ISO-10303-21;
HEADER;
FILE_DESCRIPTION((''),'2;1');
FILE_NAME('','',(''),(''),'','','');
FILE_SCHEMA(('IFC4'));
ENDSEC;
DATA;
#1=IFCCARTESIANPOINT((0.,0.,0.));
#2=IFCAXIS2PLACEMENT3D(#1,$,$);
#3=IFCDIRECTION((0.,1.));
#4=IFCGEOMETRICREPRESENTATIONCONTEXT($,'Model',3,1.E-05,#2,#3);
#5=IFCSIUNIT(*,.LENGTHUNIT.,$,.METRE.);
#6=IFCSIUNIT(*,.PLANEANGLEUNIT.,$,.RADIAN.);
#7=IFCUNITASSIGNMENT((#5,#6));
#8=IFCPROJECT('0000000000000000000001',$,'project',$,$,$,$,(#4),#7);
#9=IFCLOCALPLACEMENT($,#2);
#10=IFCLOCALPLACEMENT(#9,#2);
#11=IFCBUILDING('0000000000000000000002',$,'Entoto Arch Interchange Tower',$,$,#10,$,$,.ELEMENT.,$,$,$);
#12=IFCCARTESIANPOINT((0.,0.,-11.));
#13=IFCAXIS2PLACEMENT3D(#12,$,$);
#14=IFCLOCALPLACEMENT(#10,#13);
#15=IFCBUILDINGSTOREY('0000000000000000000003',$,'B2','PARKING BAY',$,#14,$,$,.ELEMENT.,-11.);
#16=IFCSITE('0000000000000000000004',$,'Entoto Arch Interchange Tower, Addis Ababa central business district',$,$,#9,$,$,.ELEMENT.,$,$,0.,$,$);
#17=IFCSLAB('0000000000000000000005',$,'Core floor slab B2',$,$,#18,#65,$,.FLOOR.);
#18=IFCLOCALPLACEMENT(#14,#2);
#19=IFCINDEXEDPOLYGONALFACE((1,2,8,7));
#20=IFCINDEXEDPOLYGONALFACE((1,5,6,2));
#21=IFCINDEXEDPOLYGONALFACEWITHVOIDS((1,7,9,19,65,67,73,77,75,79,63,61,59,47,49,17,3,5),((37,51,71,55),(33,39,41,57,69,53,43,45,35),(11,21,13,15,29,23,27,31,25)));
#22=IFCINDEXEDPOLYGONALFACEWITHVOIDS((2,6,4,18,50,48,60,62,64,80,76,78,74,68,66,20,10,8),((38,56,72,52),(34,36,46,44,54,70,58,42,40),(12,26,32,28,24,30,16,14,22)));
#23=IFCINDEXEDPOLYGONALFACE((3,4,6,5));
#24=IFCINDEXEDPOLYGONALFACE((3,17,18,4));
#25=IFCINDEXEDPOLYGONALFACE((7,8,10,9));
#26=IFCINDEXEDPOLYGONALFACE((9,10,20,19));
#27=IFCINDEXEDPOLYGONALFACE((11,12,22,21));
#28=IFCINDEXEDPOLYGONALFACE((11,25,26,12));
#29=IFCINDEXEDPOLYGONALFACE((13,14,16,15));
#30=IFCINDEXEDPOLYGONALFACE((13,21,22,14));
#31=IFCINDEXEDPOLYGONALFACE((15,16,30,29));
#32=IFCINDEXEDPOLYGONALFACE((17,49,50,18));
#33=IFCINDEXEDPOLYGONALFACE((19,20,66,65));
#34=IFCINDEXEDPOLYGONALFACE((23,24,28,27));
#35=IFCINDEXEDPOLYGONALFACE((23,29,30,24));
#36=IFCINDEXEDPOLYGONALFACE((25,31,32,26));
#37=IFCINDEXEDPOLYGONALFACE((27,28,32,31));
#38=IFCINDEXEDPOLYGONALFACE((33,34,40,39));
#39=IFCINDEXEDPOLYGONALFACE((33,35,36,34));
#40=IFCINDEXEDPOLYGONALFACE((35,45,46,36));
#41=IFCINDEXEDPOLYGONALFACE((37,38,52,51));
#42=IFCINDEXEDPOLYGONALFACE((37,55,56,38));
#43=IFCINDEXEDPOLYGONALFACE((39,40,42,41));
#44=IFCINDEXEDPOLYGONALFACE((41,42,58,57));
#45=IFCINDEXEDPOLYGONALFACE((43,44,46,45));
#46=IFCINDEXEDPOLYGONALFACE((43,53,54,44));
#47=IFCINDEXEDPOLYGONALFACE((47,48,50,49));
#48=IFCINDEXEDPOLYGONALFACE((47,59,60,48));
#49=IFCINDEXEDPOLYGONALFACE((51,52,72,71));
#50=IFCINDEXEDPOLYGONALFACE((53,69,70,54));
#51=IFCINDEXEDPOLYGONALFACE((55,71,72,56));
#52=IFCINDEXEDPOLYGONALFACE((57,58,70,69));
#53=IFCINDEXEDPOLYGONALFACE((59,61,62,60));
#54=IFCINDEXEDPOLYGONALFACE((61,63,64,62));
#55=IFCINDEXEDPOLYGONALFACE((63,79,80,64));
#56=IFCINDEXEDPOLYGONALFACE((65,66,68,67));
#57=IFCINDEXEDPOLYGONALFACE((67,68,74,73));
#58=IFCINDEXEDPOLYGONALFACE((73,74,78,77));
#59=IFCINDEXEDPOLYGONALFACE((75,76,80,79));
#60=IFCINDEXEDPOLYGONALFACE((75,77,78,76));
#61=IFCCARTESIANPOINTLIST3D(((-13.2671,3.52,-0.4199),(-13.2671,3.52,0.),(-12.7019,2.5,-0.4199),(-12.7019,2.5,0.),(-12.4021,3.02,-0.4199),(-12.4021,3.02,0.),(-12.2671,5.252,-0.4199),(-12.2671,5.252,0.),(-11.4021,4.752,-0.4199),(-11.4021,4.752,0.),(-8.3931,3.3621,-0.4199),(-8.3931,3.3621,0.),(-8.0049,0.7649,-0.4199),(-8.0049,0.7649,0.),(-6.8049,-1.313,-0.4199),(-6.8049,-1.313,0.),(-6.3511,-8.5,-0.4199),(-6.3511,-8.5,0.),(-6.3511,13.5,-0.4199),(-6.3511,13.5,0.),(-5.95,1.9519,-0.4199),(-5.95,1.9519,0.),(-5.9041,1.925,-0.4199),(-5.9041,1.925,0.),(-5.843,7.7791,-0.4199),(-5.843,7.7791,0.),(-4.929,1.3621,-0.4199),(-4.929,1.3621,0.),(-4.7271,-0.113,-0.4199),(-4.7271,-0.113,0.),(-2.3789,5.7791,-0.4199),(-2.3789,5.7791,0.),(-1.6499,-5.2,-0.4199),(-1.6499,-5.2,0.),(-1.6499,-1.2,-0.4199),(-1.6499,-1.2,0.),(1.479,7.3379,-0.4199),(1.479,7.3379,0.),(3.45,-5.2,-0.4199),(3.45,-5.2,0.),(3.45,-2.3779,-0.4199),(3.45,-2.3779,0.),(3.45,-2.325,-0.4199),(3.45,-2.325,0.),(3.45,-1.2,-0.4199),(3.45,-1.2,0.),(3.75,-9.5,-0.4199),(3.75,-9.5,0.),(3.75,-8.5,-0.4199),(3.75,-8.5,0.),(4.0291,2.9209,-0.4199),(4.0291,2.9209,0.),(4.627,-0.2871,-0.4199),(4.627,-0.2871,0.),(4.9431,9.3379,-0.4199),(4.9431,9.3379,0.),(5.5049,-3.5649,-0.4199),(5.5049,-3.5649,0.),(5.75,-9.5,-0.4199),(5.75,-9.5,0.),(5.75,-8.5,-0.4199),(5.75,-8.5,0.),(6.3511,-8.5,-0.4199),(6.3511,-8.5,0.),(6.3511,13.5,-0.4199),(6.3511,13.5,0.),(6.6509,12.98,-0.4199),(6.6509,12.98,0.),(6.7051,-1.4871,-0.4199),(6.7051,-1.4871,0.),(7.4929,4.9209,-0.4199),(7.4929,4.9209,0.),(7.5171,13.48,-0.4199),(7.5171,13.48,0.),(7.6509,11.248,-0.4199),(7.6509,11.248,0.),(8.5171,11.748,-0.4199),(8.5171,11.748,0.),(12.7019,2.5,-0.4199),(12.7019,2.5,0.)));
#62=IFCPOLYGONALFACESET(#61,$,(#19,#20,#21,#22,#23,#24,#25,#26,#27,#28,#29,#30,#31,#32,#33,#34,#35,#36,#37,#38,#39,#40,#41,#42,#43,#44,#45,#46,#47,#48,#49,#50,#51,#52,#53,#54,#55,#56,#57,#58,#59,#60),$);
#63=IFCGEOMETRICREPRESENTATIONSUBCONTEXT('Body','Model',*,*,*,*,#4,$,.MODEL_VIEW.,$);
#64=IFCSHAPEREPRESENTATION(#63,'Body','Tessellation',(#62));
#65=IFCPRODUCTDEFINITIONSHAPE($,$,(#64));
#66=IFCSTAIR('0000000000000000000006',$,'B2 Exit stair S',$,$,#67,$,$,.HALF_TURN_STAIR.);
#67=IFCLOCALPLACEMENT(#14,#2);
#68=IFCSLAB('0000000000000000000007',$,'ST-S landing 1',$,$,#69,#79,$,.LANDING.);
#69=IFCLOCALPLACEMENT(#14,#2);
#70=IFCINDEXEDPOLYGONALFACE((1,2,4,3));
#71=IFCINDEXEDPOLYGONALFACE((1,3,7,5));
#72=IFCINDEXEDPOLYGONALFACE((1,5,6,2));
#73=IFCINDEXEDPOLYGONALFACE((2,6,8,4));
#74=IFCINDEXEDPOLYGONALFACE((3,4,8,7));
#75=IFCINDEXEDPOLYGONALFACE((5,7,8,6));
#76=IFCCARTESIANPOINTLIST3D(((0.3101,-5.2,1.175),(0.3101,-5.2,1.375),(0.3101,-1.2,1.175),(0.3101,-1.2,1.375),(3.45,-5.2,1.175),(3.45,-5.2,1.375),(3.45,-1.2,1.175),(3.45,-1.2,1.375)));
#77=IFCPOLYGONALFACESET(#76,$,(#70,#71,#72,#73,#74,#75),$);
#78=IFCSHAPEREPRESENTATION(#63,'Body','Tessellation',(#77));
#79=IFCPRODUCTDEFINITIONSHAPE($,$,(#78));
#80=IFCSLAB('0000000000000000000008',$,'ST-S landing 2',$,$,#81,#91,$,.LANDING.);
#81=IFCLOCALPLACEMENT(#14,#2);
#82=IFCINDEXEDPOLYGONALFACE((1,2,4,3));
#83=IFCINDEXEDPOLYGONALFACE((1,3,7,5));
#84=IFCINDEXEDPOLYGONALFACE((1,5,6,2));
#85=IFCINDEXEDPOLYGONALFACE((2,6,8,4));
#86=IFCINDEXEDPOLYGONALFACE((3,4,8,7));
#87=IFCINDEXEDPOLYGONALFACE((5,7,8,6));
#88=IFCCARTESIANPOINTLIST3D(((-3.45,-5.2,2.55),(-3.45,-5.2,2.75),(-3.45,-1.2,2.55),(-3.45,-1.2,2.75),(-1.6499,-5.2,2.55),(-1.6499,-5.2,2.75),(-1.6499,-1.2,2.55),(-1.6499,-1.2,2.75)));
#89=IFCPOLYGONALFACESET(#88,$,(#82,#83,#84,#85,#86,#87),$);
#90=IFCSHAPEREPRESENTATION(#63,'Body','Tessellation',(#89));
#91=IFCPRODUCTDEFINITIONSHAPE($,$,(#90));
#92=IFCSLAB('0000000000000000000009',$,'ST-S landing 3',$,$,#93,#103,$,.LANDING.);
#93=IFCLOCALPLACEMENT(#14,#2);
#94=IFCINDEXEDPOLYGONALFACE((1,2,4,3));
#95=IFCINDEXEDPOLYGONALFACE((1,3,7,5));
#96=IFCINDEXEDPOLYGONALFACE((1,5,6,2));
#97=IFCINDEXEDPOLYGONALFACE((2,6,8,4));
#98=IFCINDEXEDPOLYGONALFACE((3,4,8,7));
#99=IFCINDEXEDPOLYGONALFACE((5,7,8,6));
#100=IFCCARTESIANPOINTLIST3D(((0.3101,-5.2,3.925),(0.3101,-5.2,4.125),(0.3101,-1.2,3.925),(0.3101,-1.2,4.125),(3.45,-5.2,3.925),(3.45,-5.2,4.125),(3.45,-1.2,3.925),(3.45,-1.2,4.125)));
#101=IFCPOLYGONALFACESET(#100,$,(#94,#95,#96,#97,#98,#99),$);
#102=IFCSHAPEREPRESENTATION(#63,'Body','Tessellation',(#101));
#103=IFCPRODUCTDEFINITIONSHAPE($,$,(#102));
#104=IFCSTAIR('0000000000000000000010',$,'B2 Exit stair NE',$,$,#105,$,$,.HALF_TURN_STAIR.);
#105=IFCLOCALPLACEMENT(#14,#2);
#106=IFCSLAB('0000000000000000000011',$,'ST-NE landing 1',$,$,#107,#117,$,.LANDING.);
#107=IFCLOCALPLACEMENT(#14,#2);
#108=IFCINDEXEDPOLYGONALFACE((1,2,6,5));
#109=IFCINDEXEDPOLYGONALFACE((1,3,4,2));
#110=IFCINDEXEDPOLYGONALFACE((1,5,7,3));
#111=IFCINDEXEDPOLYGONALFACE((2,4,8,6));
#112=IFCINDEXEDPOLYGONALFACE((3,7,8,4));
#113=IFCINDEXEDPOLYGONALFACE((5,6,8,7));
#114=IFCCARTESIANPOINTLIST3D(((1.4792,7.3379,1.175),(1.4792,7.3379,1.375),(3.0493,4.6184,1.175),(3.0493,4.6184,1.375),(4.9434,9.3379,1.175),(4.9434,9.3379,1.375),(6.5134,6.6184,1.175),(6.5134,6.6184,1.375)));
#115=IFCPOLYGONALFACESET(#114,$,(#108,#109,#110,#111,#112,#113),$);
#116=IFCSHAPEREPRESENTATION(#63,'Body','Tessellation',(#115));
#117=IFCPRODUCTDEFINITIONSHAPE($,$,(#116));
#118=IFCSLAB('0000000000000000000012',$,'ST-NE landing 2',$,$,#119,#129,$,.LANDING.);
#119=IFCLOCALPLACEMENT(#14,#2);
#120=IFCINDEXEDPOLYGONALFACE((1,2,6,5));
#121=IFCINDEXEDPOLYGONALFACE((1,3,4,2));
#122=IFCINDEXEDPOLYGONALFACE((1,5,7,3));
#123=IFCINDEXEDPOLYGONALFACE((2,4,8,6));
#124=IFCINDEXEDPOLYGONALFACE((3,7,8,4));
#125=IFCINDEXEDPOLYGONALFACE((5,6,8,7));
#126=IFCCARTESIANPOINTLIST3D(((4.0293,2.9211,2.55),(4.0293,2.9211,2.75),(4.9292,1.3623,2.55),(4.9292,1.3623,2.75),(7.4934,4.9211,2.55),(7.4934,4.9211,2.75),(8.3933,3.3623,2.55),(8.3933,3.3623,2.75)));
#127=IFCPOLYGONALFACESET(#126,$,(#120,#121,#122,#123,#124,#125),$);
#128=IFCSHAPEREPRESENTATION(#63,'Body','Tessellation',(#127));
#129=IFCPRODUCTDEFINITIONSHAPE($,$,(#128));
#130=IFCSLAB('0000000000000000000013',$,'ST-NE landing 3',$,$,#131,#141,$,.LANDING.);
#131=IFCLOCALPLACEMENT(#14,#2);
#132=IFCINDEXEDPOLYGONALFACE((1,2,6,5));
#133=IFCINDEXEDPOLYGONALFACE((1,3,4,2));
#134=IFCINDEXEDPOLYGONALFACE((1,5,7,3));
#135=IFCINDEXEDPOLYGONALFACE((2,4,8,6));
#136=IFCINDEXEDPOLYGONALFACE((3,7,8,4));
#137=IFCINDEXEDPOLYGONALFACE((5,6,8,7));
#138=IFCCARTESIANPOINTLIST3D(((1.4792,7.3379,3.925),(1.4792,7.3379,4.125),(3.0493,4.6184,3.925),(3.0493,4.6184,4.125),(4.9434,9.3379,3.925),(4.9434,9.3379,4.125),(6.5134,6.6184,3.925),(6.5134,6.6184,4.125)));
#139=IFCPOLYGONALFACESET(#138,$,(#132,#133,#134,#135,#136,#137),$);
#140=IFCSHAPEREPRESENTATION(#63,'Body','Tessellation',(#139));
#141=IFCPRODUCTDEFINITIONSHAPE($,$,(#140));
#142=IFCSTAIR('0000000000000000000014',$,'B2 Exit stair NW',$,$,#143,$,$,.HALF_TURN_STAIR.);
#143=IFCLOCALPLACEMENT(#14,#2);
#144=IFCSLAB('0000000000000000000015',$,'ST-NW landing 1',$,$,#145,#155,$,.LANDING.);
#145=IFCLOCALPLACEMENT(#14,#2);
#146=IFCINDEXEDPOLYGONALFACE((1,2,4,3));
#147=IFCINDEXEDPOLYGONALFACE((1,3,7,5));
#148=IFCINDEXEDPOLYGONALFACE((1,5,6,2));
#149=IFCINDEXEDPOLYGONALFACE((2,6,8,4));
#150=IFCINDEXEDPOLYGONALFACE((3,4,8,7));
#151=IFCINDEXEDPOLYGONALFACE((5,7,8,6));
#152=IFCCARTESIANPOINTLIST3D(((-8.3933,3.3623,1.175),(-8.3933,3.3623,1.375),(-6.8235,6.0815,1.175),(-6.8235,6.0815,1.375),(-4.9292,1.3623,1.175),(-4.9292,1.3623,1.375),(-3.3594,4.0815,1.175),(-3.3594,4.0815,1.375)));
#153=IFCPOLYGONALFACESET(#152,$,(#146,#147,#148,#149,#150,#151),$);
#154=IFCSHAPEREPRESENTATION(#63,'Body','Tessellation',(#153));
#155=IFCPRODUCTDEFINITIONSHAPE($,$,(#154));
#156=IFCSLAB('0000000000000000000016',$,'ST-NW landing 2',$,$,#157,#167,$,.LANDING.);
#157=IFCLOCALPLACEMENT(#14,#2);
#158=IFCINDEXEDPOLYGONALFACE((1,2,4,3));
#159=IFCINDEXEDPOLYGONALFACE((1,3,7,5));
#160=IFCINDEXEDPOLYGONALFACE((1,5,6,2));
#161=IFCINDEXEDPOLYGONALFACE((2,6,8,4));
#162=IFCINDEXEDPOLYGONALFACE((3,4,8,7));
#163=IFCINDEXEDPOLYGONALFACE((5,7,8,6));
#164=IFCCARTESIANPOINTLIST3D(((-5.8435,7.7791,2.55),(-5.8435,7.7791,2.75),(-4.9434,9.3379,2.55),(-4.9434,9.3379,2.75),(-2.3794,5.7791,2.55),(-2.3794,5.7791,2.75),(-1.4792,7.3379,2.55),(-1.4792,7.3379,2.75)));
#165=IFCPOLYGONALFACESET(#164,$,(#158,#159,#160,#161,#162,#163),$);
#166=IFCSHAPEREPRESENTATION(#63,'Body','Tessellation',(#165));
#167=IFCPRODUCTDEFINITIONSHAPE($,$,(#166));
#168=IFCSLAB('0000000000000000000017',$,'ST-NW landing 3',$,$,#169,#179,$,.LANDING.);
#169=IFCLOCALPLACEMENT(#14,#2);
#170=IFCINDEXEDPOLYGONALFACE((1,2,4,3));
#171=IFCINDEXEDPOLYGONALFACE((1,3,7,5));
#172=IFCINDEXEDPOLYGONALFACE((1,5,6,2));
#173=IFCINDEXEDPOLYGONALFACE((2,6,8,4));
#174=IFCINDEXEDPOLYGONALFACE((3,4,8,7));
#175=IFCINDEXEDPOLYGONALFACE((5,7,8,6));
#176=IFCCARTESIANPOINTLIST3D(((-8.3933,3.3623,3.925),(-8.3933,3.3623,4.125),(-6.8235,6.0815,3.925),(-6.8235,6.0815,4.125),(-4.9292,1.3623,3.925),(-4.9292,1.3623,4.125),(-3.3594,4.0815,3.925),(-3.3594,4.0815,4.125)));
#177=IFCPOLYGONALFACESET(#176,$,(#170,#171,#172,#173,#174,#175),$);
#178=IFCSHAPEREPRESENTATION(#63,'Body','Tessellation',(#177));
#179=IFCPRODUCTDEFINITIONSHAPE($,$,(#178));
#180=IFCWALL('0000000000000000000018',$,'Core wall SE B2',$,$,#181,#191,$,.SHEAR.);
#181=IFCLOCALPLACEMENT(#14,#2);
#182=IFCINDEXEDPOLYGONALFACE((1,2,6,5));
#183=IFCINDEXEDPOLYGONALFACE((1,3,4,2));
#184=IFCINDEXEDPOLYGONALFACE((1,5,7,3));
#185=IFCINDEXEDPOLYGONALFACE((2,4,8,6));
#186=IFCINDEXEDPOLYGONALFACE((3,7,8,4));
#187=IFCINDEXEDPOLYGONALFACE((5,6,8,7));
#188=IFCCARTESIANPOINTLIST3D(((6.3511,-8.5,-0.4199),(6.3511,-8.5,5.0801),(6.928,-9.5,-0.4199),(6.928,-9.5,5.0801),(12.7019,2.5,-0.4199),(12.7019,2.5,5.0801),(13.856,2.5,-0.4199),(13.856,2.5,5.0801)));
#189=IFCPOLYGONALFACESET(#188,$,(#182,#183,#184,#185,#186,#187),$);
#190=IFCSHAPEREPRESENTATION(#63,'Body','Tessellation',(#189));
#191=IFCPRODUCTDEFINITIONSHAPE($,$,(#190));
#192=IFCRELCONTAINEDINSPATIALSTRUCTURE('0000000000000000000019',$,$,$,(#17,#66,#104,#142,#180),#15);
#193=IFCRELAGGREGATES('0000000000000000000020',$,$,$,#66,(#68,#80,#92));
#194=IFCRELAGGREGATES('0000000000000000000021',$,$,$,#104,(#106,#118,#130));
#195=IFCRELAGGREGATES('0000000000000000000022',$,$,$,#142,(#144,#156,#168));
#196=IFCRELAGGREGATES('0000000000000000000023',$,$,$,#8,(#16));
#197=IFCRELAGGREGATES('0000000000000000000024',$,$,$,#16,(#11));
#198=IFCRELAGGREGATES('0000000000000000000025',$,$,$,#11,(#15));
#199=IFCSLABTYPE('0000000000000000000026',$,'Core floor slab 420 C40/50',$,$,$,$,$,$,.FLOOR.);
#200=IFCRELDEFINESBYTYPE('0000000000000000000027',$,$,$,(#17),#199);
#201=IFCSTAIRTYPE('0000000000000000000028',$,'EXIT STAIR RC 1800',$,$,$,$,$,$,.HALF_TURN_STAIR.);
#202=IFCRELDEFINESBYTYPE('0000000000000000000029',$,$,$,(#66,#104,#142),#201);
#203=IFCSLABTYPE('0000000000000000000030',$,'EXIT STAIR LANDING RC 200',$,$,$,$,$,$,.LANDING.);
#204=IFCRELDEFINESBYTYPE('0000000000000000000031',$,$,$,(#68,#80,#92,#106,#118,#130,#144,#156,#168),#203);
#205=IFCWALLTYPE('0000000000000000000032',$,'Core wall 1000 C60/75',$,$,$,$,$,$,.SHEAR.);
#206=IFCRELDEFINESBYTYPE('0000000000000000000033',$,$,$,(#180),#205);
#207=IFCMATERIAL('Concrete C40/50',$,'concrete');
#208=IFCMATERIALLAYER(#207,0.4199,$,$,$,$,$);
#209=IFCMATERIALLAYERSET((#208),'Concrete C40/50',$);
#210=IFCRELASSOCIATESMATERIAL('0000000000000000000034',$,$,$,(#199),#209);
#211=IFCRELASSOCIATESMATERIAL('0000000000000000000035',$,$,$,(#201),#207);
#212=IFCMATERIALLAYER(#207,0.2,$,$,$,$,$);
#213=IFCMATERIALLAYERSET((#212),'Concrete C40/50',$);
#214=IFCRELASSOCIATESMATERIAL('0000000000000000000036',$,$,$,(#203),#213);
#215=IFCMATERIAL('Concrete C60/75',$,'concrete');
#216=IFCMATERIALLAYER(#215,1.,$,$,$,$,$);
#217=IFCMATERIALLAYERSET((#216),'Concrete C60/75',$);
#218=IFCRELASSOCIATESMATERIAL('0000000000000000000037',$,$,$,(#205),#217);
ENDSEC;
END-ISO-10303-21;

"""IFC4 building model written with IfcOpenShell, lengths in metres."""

from ifc_helpers import new_model, si_unit, direction, frame, origin, place, context, subcontext, project, spatial, polyline, outline, extrude, material, layer, layer_set, type_object, element, aggregate, save


model = new_model("IFC4")

# Units and contexts
model_context = context("Model", 3, precision=1e-05, world=origin(), true_north=direction((0.0, 1.0)))
body_context = subcontext(model_context, "Body", "Model", "MODEL_VIEW")
ifc_project = project(units=[si_unit("LENGTHUNIT", "METRE"), si_unit("PLANEANGLEUNIT", "RADIAN")], contexts=[model_context])

# Site, building, storey
site_placement = place(None, origin())
site = spatial("IfcSite", under=ifc_project, at=site_placement, Name="Entoto Arch Interchange Tower, Addis Ababa central business district", CompositionType="ELEMENT", RefElevation=0.0)
building_placement = place(site_placement, origin())
building = spatial("IfcBuilding", under=site, at=building_placement, Name="Entoto Arch Interchange Tower", CompositionType="ELEMENT")
storey_placement = place(building_placement, frame((0.0, 0.0, -11.0)))
storey = spatial("IfcBuildingStorey", under=building, at=storey_placement, Name="B2", Description="PARKING BAY", CompositionType="ELEMENT", Elevation=-11.0)

# Slab
ifc_material_1 = material(Name="Concrete C40/50", Category="concrete")
ifc_layer_1 = layer(ifc_material_1, 0.4199)
ifc_layer_set_1 = layer_set([ifc_layer_1], Name="Concrete C40/50")
slab_type_1 = type_object("IfcSlabType", Name="Core floor slab 420 C40/50", PredefinedType="FLOOR", material=ifc_layer_set_1)
slab_1_placement = place(storey_placement, frame((0.0, 0.0, -0.4199)))
element("IfcSlab", 1, at=slab_1_placement, inside=storey, type_object=slab_type_1, Name="Core floor slab B2", PredefinedType="FLOOR", context=body_context, shape_type="SweptSolid", body=[
    extrude(outline(polyline([(5.75, -9.5), (3.75, -9.5), (3.75, -8.5), (-6.3511, -8.5), (-12.7019, 2.5), (-12.4021, 3.02), (-13.2671, 3.52), (-12.2671, 5.252), (-11.4021, 4.752), (-6.3511, 13.5), (6.3511, 13.5), (6.6509, 12.98), (7.5171, 13.48), (8.5171, 11.748), (7.6509, 11.248), (12.7019, 2.5), (6.3511, -8.5), (5.75, -8.5), (5.75, -9.5)]), holes=[polyline([(5.5049, -3.5649), (6.7051, -1.4871), (4.627, -0.2871), (3.45, -2.325), (3.45, -1.2), (-1.6499, -1.2), (-1.6499, -5.2), (3.45, -5.2), (3.45, -2.3779), (5.5049, -3.5649)]), polyline([(-4.929, 1.3621), (-2.3789, 5.7791), (-5.843, 7.7791), (-8.3931, 3.3621), (-5.95, 1.9519), (-8.0049, 0.7649), (-6.8049, -1.313), (-4.7271, -0.113), (-5.9041, 1.925), (-4.929, 1.3621)]), polyline([(7.4929, 4.9209), (4.9431, 9.3379), (1.479, 7.3379), (4.0291, 2.9209), (7.4929, 4.9209)])]), origin(), (0.0, 0.0, 1.0), 0.4199),
])

# Stairs, slabs
stair_type = type_object("IfcStairType", Name="EXIT STAIR RC 1800", PredefinedType="HALF_TURN_STAIR", material=ifc_material_1)
stair_1_placement = place(storey_placement, origin())
stair_1 = element("IfcStair", 2, at=stair_1_placement, inside=storey, type_object=stair_type, Name="B2 Exit stair S", PredefinedType="HALF_TURN_STAIR")
ifc_layer_2 = layer(ifc_material_1, 0.2)
ifc_layer_set_2 = layer_set([ifc_layer_2], Name="Concrete C40/50")
slab_type_2 = type_object("IfcSlabType", Name="EXIT STAIR LANDING RC 200", PredefinedType="LANDING", material=ifc_layer_set_2)
slab_2_placement = place(storey_placement, frame((0.0, 0.0, 1.175)))
slab_2 = element("IfcSlab", 3, at=slab_2_placement, type_object=slab_type_2, Name="ST-S landing 1", PredefinedType="LANDING", context=body_context, shape_type="SweptSolid", body=[
    extrude(outline(polyline([(0.3101, -5.2), (3.45, -5.2), (3.45, -1.2), (0.3101, -1.2), (0.3101, -5.2)])), origin(), (0.0, 0.0, 1.0), 0.2),
])
slab_3_placement = place(storey_placement, frame((0.0, 0.0, 2.55)))
slab_3 = element("IfcSlab", 4, at=slab_3_placement, type_object=slab_type_2, Name="ST-S landing 2", PredefinedType="LANDING", context=body_context, shape_type="SweptSolid", body=[
    extrude(outline(polyline([(-3.45, -5.2), (-1.6499, -5.2), (-1.6499, -1.2), (-3.45, -1.2), (-3.45, -5.2)])), origin(), (0.0, 0.0, 1.0), 0.2),
])
slab_4_placement = place(storey_placement, frame((0.0, 0.0, 3.925)))
slab_4 = element("IfcSlab", 5, at=slab_4_placement, type_object=slab_type_2, Name="ST-S landing 3", PredefinedType="LANDING", context=body_context, shape_type="SweptSolid", body=[
    extrude(outline(polyline([(0.3101, -5.2), (3.45, -5.2), (3.45, -1.2), (0.3101, -1.2), (0.3101, -5.2)])), origin(), (0.0, 0.0, 1.0), 0.2),
])
aggregate(stair_1, [slab_2, slab_3, slab_4])
stair_2_placement = place(storey_placement, origin())
stair_2 = element("IfcStair", 6, at=stair_2_placement, inside=storey, type_object=stair_type, Name="B2 Exit stair NE", PredefinedType="HALF_TURN_STAIR")
slab_5_placement = place(storey_placement, frame((0.0, 0.0, 1.175)))
slab_5 = element("IfcSlab", 7, at=slab_5_placement, type_object=slab_type_2, Name="ST-NE landing 1", PredefinedType="LANDING", context=body_context, shape_type="SweptSolid", body=[
    extrude(outline(polyline([(6.5134, 6.6184), (4.9434, 9.3379), (1.4792, 7.3379), (3.0493, 4.6184), (6.5134, 6.6184)])), origin(), (0.0, 0.0, 1.0), 0.2),
])
slab_6_placement = place(storey_placement, frame((0.0, 0.0, 2.55)))
slab_6 = element("IfcSlab", 8, at=slab_6_placement, type_object=slab_type_2, Name="ST-NE landing 2", PredefinedType="LANDING", context=body_context, shape_type="SweptSolid", body=[
    extrude(outline(polyline([(8.3933, 3.3623), (7.4934, 4.9211), (4.0293, 2.9211), (4.9292, 1.3623), (8.3933, 3.3623)])), origin(), (0.0, 0.0, 1.0), 0.2),
])
slab_7_placement = place(storey_placement, frame((0.0, 0.0, 3.925)))
slab_7 = element("IfcSlab", 9, at=slab_7_placement, type_object=slab_type_2, Name="ST-NE landing 3", PredefinedType="LANDING", context=body_context, shape_type="SweptSolid", body=[
    extrude(outline(polyline([(6.5134, 6.6184), (4.9434, 9.3379), (1.4792, 7.3379), (3.0493, 4.6184), (6.5134, 6.6184)])), origin(), (0.0, 0.0, 1.0), 0.2),
])
aggregate(stair_2, [slab_5, slab_6, slab_7])
stair_3_placement = place(storey_placement, origin())
stair_3 = element("IfcStair", 10, at=stair_3_placement, inside=storey, type_object=stair_type, Name="B2 Exit stair NW", PredefinedType="HALF_TURN_STAIR")
slab_8_placement = place(storey_placement, frame((0.0, 0.0, 1.175)))
slab_8 = element("IfcSlab", 11, at=slab_8_placement, type_object=slab_type_2, Name="ST-NW landing 1", PredefinedType="LANDING", context=body_context, shape_type="SweptSolid", body=[
    extrude(outline(polyline([(-6.8235, 6.0815), (-8.3933, 3.3623), (-4.9292, 1.3623), (-3.3594, 4.0815), (-6.8235, 6.0815)])), origin(), (0.0, 0.0, 1.0), 0.2),
])
slab_9_placement = place(storey_placement, frame((0.0, 0.0, 2.55)))
slab_9 = element("IfcSlab", 12, at=slab_9_placement, type_object=slab_type_2, Name="ST-NW landing 2", PredefinedType="LANDING", context=body_context, shape_type="SweptSolid", body=[
    extrude(outline(polyline([(-4.9434, 9.3379), (-5.8435, 7.7791), (-2.3794, 5.7791), (-1.4792, 7.3379), (-4.9434, 9.3379)])), origin(), (0.0, 0.0, 1.0), 0.2),
])
slab_10_placement = place(storey_placement, frame((0.0, 0.0, 3.925)))
slab_10 = element("IfcSlab", 13, at=slab_10_placement, type_object=slab_type_2, Name="ST-NW landing 3", PredefinedType="LANDING", context=body_context, shape_type="SweptSolid", body=[
    extrude(outline(polyline([(-6.8235, 6.0815), (-8.3933, 3.3623), (-4.9292, 1.3623), (-3.3594, 4.0815), (-6.8235, 6.0815)])), origin(), (0.0, 0.0, 1.0), 0.2),
])
aggregate(stair_3, [slab_8, slab_9, slab_10])

# Wall
ifc_material_2 = material(Name="Concrete C60/75", Category="concrete")
ifc_layer_3 = layer(ifc_material_2, 1.0)
ifc_layer_set_3 = layer_set([ifc_layer_3], Name="Concrete C60/75")
wall_type_1 = type_object("IfcWallType", Name="Core wall 1000 C60/75", PredefinedType="SHEAR", material=ifc_layer_set_3)
wall_1_placement = place(storey_placement, frame((0.0, 0.0, -0.4199)))
element("IfcWall", 14, at=wall_1_placement, inside=storey, type_object=wall_type_1, Name="Core wall SE B2", PredefinedType="SHEAR", context=body_context, shape_type="SweptSolid", body=[
    extrude(outline(polyline([(6.928, -9.5), (13.856, 2.5), (12.7019, 2.5), (6.3511, -8.5), (6.928, -9.5)])), origin(), (0.0, 0.0, 1.0), 5.5),
])

save(model, "model.ifc")
